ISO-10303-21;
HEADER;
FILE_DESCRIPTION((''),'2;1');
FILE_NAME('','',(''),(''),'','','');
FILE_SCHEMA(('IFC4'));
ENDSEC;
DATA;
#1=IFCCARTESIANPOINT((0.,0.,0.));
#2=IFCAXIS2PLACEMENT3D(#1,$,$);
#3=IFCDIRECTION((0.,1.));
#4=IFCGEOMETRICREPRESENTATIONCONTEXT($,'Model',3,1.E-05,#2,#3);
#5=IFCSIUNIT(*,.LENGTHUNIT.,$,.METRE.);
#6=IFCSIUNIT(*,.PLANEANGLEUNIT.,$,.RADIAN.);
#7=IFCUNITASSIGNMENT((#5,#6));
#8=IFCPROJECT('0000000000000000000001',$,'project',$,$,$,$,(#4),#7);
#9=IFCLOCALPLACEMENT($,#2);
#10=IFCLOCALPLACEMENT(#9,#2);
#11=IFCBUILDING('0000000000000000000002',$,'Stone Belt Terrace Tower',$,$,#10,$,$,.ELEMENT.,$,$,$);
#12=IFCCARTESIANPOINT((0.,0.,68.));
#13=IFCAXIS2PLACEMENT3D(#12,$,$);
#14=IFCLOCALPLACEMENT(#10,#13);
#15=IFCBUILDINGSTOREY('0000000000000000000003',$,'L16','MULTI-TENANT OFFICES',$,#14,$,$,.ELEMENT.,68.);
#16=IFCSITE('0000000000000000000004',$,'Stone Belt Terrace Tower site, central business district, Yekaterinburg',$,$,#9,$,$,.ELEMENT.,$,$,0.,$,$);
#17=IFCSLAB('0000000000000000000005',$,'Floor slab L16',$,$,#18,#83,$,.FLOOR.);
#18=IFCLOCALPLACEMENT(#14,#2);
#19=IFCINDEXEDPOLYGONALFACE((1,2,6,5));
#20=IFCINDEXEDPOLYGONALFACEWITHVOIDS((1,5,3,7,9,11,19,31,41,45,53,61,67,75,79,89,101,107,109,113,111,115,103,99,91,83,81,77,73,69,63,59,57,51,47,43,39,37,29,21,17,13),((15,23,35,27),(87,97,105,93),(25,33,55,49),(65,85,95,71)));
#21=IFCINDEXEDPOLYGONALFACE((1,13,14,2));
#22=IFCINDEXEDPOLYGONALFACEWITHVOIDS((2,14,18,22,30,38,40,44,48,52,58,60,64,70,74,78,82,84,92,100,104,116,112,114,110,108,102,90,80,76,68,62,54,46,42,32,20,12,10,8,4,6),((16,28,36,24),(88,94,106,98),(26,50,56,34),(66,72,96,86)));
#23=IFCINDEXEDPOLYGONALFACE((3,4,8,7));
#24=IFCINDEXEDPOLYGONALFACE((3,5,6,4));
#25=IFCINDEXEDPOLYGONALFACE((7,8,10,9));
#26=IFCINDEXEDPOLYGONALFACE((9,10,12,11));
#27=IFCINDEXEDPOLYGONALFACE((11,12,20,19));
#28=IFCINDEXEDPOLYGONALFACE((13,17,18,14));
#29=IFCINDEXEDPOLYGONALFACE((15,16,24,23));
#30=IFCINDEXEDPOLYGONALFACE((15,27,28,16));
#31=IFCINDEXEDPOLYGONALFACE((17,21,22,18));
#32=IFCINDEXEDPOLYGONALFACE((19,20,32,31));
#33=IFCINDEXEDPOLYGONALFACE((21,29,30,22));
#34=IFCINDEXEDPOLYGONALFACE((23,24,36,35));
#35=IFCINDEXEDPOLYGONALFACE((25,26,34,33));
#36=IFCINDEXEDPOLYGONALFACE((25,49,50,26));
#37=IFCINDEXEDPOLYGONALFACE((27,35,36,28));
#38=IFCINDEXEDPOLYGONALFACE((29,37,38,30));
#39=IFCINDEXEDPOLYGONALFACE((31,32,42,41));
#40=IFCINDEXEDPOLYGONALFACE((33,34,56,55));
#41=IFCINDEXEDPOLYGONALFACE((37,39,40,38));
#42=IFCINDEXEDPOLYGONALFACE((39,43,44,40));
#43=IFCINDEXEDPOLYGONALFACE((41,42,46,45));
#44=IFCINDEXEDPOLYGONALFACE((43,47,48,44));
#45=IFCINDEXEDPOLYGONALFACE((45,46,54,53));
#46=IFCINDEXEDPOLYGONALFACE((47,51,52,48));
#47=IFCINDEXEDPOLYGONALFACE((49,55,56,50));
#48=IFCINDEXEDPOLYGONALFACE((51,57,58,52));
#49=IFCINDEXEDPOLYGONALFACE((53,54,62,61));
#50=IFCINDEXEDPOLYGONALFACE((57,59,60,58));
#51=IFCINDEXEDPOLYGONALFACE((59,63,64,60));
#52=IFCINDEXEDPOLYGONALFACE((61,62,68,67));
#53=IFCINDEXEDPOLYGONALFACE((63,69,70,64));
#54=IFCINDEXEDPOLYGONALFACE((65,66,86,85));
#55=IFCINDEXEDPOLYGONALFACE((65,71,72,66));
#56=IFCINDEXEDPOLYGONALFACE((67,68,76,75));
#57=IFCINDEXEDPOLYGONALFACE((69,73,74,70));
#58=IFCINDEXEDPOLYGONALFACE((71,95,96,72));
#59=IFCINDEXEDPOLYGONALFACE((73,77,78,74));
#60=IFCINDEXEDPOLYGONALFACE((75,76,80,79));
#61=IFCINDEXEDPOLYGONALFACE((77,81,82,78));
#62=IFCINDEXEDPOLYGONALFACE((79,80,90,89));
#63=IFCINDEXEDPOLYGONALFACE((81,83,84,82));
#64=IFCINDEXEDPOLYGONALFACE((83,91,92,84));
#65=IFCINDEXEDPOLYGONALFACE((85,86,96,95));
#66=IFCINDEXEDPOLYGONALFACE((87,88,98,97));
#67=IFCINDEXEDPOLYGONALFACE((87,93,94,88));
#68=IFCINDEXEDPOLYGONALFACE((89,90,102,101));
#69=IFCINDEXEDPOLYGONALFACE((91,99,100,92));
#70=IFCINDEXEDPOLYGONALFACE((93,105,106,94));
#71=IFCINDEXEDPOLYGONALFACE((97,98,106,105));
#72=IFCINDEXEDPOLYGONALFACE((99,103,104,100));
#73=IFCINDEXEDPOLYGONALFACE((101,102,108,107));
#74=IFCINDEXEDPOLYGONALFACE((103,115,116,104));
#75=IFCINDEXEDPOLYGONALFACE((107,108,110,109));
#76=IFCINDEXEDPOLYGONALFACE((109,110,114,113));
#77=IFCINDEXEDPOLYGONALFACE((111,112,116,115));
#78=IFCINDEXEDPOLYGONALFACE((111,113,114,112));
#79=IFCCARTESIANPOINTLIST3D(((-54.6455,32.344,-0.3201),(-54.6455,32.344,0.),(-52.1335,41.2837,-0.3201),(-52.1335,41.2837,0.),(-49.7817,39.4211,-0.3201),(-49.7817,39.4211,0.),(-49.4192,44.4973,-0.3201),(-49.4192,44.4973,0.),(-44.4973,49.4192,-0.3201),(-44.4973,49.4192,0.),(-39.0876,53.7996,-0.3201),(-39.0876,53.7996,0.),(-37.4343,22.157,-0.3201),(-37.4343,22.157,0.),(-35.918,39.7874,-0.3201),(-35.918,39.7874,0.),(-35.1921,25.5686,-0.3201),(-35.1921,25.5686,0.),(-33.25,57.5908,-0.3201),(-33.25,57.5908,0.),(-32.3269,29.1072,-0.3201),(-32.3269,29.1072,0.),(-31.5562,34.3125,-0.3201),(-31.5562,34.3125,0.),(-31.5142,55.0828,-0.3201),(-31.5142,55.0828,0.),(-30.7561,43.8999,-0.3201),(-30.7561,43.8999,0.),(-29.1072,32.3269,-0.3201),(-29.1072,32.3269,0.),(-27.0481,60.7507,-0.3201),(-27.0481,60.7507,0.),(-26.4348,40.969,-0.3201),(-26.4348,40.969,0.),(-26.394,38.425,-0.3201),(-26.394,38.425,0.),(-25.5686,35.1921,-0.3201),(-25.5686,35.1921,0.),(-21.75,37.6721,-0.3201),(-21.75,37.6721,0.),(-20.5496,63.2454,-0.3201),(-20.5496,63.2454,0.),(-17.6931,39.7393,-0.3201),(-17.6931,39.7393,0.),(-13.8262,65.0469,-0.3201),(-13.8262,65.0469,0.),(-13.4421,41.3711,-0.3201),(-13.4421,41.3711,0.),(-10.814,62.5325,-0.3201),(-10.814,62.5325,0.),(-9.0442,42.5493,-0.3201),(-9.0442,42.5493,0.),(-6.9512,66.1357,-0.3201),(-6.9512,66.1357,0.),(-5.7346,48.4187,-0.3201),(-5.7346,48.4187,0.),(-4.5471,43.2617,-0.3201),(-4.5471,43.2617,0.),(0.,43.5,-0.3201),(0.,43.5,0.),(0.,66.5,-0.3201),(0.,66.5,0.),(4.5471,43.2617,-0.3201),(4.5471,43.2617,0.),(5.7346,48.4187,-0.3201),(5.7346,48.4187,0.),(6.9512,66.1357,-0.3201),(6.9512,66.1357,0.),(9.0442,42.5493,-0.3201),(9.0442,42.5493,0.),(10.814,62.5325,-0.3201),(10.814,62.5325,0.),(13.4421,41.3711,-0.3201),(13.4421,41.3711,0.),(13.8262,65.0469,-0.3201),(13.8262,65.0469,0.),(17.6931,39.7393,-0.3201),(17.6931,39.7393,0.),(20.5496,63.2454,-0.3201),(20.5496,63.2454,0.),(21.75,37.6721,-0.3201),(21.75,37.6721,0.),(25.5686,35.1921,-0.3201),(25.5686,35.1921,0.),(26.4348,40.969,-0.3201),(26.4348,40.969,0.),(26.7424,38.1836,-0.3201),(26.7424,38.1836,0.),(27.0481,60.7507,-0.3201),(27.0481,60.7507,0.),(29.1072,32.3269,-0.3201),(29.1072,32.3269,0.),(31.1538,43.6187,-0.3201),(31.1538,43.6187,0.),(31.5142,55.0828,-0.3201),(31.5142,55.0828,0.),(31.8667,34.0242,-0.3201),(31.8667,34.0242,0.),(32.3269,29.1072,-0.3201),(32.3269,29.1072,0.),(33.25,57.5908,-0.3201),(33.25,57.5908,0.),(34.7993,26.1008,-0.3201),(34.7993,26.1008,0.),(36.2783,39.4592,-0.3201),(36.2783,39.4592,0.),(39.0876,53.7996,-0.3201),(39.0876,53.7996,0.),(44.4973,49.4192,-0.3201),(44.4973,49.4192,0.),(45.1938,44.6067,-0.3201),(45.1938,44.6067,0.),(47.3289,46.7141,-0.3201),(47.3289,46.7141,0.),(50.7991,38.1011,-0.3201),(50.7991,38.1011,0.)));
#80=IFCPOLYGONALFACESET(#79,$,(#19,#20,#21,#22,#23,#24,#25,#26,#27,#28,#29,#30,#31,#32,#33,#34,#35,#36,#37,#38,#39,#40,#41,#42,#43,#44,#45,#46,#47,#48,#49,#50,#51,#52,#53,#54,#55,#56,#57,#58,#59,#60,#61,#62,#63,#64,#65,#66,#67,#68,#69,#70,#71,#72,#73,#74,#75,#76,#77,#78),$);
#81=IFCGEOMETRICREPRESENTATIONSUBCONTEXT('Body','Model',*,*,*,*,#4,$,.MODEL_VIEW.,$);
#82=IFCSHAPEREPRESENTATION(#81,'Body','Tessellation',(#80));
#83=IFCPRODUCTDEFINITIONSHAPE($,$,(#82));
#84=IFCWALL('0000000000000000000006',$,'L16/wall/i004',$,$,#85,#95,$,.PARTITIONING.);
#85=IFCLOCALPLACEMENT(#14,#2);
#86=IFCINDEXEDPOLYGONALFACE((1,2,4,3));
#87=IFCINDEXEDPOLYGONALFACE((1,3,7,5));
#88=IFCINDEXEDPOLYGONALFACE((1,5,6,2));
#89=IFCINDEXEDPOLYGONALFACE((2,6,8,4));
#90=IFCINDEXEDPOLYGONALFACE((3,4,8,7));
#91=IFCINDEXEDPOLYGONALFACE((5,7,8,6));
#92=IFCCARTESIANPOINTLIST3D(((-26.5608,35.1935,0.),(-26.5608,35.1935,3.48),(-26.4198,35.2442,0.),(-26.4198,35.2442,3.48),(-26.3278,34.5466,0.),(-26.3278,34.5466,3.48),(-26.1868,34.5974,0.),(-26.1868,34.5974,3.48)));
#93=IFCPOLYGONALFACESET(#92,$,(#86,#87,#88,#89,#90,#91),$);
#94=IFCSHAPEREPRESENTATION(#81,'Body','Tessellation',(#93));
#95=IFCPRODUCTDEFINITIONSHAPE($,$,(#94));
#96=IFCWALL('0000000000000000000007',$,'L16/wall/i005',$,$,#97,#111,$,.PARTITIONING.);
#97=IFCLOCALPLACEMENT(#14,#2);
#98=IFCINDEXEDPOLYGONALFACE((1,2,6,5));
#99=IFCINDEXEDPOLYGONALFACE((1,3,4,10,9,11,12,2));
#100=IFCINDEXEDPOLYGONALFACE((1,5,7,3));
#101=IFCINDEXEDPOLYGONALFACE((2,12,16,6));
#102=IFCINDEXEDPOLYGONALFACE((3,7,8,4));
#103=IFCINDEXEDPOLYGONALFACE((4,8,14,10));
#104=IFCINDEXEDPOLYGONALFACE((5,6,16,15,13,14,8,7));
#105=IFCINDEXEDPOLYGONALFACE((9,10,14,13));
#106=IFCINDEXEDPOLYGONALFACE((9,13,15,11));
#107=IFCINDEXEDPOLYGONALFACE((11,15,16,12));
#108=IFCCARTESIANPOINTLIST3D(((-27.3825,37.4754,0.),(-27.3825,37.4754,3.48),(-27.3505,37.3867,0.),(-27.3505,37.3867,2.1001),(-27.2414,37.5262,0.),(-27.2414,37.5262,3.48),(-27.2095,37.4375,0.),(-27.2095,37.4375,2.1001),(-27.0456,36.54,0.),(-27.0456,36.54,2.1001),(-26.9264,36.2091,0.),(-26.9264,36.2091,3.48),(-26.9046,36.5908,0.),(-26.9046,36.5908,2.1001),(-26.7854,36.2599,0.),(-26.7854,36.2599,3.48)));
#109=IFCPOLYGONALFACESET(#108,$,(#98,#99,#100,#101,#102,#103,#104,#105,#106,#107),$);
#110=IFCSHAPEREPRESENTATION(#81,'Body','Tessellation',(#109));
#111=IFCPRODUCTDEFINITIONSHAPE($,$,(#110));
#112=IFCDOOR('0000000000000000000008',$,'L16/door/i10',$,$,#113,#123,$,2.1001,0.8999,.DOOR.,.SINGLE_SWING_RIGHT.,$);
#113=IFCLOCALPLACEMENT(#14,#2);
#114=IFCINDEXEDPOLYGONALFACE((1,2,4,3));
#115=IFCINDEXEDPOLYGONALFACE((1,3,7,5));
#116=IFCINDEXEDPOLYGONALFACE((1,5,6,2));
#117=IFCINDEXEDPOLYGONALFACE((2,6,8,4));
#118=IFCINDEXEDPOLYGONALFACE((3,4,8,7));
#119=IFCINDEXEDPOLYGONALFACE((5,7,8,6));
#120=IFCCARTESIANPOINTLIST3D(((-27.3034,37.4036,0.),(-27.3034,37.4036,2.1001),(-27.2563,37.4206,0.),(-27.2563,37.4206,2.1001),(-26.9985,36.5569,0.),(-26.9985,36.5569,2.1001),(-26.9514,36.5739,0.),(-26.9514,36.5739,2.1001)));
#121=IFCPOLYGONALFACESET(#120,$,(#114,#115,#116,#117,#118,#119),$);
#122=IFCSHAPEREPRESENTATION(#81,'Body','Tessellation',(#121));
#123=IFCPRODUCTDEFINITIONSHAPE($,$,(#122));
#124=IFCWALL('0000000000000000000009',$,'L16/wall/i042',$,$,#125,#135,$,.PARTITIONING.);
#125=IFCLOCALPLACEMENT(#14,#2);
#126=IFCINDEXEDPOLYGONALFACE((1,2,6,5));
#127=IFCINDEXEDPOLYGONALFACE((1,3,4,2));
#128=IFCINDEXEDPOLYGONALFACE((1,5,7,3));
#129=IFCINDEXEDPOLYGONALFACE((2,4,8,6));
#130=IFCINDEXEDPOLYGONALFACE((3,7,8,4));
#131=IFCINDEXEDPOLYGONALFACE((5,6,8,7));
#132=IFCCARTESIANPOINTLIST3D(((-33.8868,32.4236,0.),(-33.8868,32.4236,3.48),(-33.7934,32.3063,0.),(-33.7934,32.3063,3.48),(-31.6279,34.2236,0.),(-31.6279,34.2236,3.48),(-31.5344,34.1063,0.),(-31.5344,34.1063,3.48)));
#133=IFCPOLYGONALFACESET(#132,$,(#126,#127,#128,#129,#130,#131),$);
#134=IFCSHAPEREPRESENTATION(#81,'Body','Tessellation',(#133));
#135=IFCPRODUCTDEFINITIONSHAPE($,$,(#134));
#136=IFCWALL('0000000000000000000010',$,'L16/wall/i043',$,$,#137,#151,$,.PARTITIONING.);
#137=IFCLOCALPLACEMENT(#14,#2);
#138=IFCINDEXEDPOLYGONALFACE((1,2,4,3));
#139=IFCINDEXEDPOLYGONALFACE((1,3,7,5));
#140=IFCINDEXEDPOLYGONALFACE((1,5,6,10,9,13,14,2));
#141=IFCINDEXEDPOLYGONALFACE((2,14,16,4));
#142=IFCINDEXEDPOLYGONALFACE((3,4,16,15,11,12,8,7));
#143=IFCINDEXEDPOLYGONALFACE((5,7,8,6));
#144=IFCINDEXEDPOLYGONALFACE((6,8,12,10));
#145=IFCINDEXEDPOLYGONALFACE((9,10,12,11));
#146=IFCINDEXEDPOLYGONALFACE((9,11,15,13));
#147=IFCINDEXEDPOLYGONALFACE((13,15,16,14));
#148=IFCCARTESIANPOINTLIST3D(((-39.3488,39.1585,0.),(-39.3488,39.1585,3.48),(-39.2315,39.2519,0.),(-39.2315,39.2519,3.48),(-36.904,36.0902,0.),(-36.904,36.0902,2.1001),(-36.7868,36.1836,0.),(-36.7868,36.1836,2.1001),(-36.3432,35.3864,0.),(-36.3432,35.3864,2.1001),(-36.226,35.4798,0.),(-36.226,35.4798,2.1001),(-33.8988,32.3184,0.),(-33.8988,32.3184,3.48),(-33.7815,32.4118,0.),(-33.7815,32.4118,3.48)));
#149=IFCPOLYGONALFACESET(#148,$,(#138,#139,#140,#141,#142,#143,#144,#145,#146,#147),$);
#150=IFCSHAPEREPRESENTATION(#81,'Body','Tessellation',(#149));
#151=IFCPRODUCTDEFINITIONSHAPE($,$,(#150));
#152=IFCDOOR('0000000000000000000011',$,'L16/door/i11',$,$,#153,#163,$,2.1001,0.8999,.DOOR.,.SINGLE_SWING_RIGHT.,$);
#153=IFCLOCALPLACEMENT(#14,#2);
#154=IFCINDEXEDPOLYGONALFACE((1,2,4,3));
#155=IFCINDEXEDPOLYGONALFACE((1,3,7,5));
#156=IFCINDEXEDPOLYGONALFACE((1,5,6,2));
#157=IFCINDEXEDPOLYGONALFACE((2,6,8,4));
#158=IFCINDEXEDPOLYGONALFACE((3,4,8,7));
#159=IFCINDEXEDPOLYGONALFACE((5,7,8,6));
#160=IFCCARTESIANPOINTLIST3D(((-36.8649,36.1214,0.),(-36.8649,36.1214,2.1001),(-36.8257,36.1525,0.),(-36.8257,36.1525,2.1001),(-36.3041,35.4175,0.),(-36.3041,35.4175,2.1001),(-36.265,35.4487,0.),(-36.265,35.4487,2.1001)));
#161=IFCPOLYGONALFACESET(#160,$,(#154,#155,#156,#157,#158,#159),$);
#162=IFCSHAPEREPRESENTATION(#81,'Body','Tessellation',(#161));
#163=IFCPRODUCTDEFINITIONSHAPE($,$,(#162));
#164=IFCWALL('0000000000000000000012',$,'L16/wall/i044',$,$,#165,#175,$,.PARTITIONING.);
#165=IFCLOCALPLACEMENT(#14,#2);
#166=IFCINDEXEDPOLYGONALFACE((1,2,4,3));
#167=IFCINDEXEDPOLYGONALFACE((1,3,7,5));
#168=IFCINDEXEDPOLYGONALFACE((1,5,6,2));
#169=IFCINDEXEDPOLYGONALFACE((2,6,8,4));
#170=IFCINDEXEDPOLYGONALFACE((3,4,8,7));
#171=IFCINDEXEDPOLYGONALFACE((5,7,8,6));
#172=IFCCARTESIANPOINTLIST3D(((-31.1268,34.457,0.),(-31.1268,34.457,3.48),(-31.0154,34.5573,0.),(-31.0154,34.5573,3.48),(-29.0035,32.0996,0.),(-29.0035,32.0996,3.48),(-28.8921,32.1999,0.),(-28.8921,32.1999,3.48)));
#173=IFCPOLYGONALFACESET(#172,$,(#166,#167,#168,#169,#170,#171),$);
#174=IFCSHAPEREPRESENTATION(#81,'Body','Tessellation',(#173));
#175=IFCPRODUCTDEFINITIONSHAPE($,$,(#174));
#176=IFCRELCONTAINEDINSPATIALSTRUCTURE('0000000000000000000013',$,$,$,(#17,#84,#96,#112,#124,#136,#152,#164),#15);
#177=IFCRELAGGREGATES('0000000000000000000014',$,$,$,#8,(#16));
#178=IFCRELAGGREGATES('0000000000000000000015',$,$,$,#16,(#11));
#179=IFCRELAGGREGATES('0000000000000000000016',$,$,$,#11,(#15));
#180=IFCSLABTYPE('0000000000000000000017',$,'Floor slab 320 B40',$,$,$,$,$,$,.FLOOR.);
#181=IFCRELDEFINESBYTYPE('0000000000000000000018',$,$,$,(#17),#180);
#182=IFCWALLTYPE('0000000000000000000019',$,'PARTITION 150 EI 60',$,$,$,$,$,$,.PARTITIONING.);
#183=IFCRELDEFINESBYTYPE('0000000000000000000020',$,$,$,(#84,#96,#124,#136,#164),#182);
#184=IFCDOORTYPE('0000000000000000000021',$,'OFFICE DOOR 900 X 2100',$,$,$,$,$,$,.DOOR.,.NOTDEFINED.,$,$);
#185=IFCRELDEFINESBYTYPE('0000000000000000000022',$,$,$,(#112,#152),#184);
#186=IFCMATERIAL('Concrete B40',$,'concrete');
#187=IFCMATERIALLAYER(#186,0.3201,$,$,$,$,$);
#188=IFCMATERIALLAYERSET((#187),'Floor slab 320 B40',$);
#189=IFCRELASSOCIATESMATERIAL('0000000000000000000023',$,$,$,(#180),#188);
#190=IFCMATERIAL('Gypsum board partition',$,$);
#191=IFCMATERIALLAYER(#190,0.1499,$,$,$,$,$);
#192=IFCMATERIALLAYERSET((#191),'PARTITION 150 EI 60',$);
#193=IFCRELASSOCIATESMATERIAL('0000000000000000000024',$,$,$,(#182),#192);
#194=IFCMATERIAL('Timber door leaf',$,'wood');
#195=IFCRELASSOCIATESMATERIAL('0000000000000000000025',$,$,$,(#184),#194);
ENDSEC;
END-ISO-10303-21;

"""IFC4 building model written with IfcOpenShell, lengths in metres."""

from ifc_helpers import new_model, si_unit, direction, frame, frame_2d, origin, place, context, subcontext, project, spatial, polyline, rectangle, outline, extrude, material, layer, layer_set, type_object, element, fill, save


model = new_model("IFC4")

# Units and contexts
model_context = context("Model", 3, precision=1e-05, world=origin(), true_north=direction((0.0, 1.0)))
body_context = subcontext(model_context, "Body", "Model", "MODEL_VIEW")
ifc_project = project(units=[si_unit("LENGTHUNIT", "METRE"), si_unit("PLANEANGLEUNIT", "RADIAN")], contexts=[model_context])

# Site, building, storey
site_placement = place(None, origin())
site = spatial("IfcSite", under=ifc_project, at=site_placement, Name="Stone Belt Terrace Tower site, central business district, Yekaterinburg", CompositionType="ELEMENT", RefElevation=0.0)
building_placement = place(site_placement, origin())
building = spatial("IfcBuilding", under=site, at=building_placement, Name="Stone Belt Terrace Tower", CompositionType="ELEMENT")
storey_placement = place(building_placement, frame((0.0, 0.0, 68.0)))
storey = spatial("IfcBuildingStorey", under=building, at=storey_placement, Name="L16", Description="MULTI-TENANT OFFICES", CompositionType="ELEMENT", Elevation=68.0)

# Slab
ifc_material_1 = material(Name="Concrete B40", Category="concrete")
ifc_layer_1 = layer(ifc_material_1, 0.3201)
ifc_layer_set_1 = layer_set([ifc_layer_1], Name="Floor slab 320 B40")
slab_type = type_object("IfcSlabType", Name="Floor slab 320 B40", PredefinedType="FLOOR", material=ifc_layer_set_1)
slab_placement = place(storey_placement, frame((0.0, 0.0, -0.3201)))
element("IfcSlab", 1, at=slab_placement, inside=storey, type_object=slab_type, Name="Floor slab L16", PredefinedType="FLOOR", context=body_context, shape_type="SweptSolid", body=[
    extrude(outline(polyline([(-49.4192, 44.4973), (-44.4973, 49.4192), (-39.0876, 53.7996), (-33.25, 57.5908), (-27.0481, 60.7507), (-20.5496, 63.2454), (-13.8262, 65.0469), (-6.9512, 66.1357), (0.0, 66.5), (6.9512, 66.1357), (13.8262, 65.0469), (20.5496, 63.2454), (27.0481, 60.7507), (33.25, 57.5908), (39.0876, 53.7996), (44.4973, 49.4192), (47.3289, 46.7141), (45.1938, 44.6067), (50.7991, 38.1011), (34.7993, 26.1008), (32.3269, 29.1072), (29.1072, 32.3269), (25.5686, 35.1921), (21.75, 37.6721), (17.6931, 39.7393), (13.4421, 41.3711), (9.0442, 42.5493), (4.5471, 43.2617), (0.0, 43.5), (-4.5471, 43.2617), (-9.0442, 42.5493), (-13.4421, 41.3711), (-17.6931, 39.7393), (-21.75, 37.6721), (-25.5686, 35.1921), (-29.1072, 32.3269), (-32.3269, 29.1072), (-35.1921, 25.5686), (-37.4343, 22.157), (-54.6455, 32.344), (-49.7817, 39.4211), (-52.1335, 41.2837), (-49.4192, 44.4973)]), holes=[polyline([(-26.4348, 40.969), (-5.7346, 48.4187), (-10.814, 62.5325), (-31.5142, 55.0828), (-26.4348, 40.969)]), polyline([(10.814, 62.5325), (5.7346, 48.4187), (26.4348, 40.969), (31.5142, 55.0828), (10.814, 62.5325)]), polyline([(-35.918, 39.7874), (-31.5562, 34.3125), (-26.394, 38.425), (-30.7561, 43.8999), (-35.918, 39.7874)]), polyline([(36.2783, 39.4592), (31.1538, 43.6187), (26.7424, 38.1836), (31.8667, 34.0242), (36.2783, 39.4592)])]), origin(), (0.0, 0.0, 1.0), 0.3201),
])

# Wall
ifc_material_2 = material(Name="Gypsum board partition")
ifc_layer_2 = layer(ifc_material_2, 0.1499)
ifc_layer_set_2 = layer_set([ifc_layer_2], Name="PARTITION 150 EI 60")
wall_type_1 = type_object("IfcWallType", Name="PARTITION 150 EI 60", PredefinedType="PARTITIONING", material=ifc_layer_set_2)
wall_1_placement = place(storey_placement, frame((-26.2573, 34.572, 0.0), z_axis=(0.0, 0.0, 1.0), x_axis=(-0.338833, 0.940847, 0.0)))
element("IfcWall", 2, at=wall_1_placement, inside=storey, type_object=wall_type_1, Name="L16/wall/i004", PredefinedType="PARTITIONING", context=body_context, shape_type="SweptSolid", body=[
    extrude(rectangle(XDim=0.6875, YDim=0.1499, at=frame_2d((0.3438, 0.0))), origin(), (0.0, 0.0, 1.0), 3.48),
])

# Wall, opening, door
wall_2_placement = place(storey_placement, frame((-26.856, 36.2346, 0.0), z_axis=(0.0, 0.0, 1.0), x_axis=(-0.338829, 0.940848, 0.0)))
wall_2 = element("IfcWall", 3, at=wall_2_placement, inside=storey, type_object=wall_type_1, Name="L16/wall/i005", PredefinedType="PARTITIONING", context=body_context, shape_type="SweptSolid", body=[
    extrude(rectangle(XDim=1.3459, YDim=0.1499, at=frame_2d((0.6729, 0.0))), origin(), (0.0, 0.0, 1.0), 3.48),
])
opening_1_placement = place(wall_2_placement, frame((0.3516, 0.0, 0.0)))
opening_1 = element("IfcOpeningElement", 4, at=opening_1_placement, cuts=wall_2, PredefinedType="OPENING", context=body_context, shape_type="SweptSolid", body=[
    extrude(rectangle(XDim=0.8999, YDim=2.1001, at=frame_2d((0.45, 1.05))), frame((0.0, 0.085, 0.0), z_axis=(0.0, -1.0, 0.0), x_axis=(1.0, 0.0, 0.0)), (0.0, 0.0, 1.0), 0.1699),
])
ifc_material_3 = material(Name="Timber door leaf", Category="wood")
door_type_1 = type_object("IfcDoorType", Name="OFFICE DOOR 900 X 2100", OperationType="NOTDEFINED", PredefinedType="DOOR", material=ifc_material_3)
door_1_placement = place(opening_1_placement, origin())
door_1 = element("IfcDoor", 5, at=door_1_placement, inside=storey, type_object=door_type_1, Name="L16/door/i10", OperationType="SINGLE_SWING_RIGHT", OverallHeight=2.1001, OverallWidth=0.8999, PredefinedType="DOOR", context=body_context, shape_type="SweptSolid", body=[
    extrude(rectangle(XDim=0.8999, YDim=2.1001, at=frame_2d((0.45, 1.05))), frame((0.0, 0.0249, 0.0), z_axis=(0.0, -1.0, 0.0), x_axis=(1.0, 0.0, 0.0)), (0.0, 0.0, 1.0), 0.05),
])
fill(opening_1, door_1)

# Wall
wall_3_placement = place(storey_placement, frame((-31.5811, 34.165, 0.0), z_axis=(0.0, 0.0, 1.0), x_axis=(-0.78208, -0.623179, 0.0)))
element("IfcWall", 6, at=wall_3_placement, inside=storey, type_object=wall_type_1, Name="L16/wall/i042", PredefinedType="PARTITIONING", context=body_context, shape_type="SweptSolid", body=[
    extrude(rectangle(XDim=2.8884, YDim=0.1499, at=frame_2d((1.4443, 0.0))), origin(), (0.0, 0.0, 1.0), 3.48),
])

# Wall, opening, door
wall_4_placement = place(storey_placement, frame((-33.8401, 32.365, 0.0), z_axis=(0.0, 0.0, 1.0), x_axis=(-0.623152, 0.782101, 0.0)))
wall_4 = element("IfcWall", 7, at=wall_4_placement, inside=storey, type_object=wall_type_1, Name="L16/wall/i043", PredefinedType="PARTITIONING", context=body_context, shape_type="SweptSolid", body=[
    extrude(rectangle(XDim=8.7458, YDim=0.1499, at=frame_2d((4.373, 0.0))), origin(), (0.0, 0.0, 1.0), 3.48),
])
opening_2_placement = place(wall_4_placement, frame((3.9229, 0.0, 0.0)))
opening_2 = element("IfcOpeningElement", 8, at=opening_2_placement, cuts=wall_4, PredefinedType="OPENING", context=body_context, shape_type="SweptSolid", body=[
    extrude(rectangle(XDim=0.8999, YDim=2.1001, at=frame_2d((0.45, 1.05))), frame((0.0, 0.085, 0.0), z_axis=(0.0, -1.0, 0.0), x_axis=(1.0, 0.0, 0.0)), (0.0, 0.0, 1.0), 0.1699),
])
door_2_placement = place(opening_2_placement, origin())
door_2 = element("IfcDoor", 9, at=door_2_placement, inside=storey, type_object=door_type_1, Name="L16/door/i11", OperationType="SINGLE_SWING_RIGHT", OverallHeight=2.1001, OverallWidth=0.8999, PredefinedType="DOOR", context=body_context, shape_type="SweptSolid", body=[
    extrude(rectangle(XDim=0.8999, YDim=2.1001, at=frame_2d((0.45, 1.05))), frame((0.0, 0.0249, 0.0), z_axis=(0.0, -1.0, 0.0), x_axis=(1.0, 0.0, 0.0)), (0.0, 0.0, 1.0), 0.05),
])
fill(opening_2, door_2)

# Wall
wall_5_placement = place(storey_placement, frame((-28.9478, 32.1497, 0.0), z_axis=(0.0, 0.0, 1.0), x_axis=(-0.669245, 0.743042, 0.0)))
element("IfcWall", 10, at=wall_5_placement, inside=storey, type_object=wall_type_1, Name="L16/wall/i044", PredefinedType="PARTITIONING", context=body_context, shape_type="SweptSolid", body=[
    extrude(rectangle(XDim=3.1726, YDim=0.1499, at=frame_2d((1.5864, 0.0))), origin(), (0.0, 0.0, 1.0), 3.48),
])

save(model, "model.ifc")
